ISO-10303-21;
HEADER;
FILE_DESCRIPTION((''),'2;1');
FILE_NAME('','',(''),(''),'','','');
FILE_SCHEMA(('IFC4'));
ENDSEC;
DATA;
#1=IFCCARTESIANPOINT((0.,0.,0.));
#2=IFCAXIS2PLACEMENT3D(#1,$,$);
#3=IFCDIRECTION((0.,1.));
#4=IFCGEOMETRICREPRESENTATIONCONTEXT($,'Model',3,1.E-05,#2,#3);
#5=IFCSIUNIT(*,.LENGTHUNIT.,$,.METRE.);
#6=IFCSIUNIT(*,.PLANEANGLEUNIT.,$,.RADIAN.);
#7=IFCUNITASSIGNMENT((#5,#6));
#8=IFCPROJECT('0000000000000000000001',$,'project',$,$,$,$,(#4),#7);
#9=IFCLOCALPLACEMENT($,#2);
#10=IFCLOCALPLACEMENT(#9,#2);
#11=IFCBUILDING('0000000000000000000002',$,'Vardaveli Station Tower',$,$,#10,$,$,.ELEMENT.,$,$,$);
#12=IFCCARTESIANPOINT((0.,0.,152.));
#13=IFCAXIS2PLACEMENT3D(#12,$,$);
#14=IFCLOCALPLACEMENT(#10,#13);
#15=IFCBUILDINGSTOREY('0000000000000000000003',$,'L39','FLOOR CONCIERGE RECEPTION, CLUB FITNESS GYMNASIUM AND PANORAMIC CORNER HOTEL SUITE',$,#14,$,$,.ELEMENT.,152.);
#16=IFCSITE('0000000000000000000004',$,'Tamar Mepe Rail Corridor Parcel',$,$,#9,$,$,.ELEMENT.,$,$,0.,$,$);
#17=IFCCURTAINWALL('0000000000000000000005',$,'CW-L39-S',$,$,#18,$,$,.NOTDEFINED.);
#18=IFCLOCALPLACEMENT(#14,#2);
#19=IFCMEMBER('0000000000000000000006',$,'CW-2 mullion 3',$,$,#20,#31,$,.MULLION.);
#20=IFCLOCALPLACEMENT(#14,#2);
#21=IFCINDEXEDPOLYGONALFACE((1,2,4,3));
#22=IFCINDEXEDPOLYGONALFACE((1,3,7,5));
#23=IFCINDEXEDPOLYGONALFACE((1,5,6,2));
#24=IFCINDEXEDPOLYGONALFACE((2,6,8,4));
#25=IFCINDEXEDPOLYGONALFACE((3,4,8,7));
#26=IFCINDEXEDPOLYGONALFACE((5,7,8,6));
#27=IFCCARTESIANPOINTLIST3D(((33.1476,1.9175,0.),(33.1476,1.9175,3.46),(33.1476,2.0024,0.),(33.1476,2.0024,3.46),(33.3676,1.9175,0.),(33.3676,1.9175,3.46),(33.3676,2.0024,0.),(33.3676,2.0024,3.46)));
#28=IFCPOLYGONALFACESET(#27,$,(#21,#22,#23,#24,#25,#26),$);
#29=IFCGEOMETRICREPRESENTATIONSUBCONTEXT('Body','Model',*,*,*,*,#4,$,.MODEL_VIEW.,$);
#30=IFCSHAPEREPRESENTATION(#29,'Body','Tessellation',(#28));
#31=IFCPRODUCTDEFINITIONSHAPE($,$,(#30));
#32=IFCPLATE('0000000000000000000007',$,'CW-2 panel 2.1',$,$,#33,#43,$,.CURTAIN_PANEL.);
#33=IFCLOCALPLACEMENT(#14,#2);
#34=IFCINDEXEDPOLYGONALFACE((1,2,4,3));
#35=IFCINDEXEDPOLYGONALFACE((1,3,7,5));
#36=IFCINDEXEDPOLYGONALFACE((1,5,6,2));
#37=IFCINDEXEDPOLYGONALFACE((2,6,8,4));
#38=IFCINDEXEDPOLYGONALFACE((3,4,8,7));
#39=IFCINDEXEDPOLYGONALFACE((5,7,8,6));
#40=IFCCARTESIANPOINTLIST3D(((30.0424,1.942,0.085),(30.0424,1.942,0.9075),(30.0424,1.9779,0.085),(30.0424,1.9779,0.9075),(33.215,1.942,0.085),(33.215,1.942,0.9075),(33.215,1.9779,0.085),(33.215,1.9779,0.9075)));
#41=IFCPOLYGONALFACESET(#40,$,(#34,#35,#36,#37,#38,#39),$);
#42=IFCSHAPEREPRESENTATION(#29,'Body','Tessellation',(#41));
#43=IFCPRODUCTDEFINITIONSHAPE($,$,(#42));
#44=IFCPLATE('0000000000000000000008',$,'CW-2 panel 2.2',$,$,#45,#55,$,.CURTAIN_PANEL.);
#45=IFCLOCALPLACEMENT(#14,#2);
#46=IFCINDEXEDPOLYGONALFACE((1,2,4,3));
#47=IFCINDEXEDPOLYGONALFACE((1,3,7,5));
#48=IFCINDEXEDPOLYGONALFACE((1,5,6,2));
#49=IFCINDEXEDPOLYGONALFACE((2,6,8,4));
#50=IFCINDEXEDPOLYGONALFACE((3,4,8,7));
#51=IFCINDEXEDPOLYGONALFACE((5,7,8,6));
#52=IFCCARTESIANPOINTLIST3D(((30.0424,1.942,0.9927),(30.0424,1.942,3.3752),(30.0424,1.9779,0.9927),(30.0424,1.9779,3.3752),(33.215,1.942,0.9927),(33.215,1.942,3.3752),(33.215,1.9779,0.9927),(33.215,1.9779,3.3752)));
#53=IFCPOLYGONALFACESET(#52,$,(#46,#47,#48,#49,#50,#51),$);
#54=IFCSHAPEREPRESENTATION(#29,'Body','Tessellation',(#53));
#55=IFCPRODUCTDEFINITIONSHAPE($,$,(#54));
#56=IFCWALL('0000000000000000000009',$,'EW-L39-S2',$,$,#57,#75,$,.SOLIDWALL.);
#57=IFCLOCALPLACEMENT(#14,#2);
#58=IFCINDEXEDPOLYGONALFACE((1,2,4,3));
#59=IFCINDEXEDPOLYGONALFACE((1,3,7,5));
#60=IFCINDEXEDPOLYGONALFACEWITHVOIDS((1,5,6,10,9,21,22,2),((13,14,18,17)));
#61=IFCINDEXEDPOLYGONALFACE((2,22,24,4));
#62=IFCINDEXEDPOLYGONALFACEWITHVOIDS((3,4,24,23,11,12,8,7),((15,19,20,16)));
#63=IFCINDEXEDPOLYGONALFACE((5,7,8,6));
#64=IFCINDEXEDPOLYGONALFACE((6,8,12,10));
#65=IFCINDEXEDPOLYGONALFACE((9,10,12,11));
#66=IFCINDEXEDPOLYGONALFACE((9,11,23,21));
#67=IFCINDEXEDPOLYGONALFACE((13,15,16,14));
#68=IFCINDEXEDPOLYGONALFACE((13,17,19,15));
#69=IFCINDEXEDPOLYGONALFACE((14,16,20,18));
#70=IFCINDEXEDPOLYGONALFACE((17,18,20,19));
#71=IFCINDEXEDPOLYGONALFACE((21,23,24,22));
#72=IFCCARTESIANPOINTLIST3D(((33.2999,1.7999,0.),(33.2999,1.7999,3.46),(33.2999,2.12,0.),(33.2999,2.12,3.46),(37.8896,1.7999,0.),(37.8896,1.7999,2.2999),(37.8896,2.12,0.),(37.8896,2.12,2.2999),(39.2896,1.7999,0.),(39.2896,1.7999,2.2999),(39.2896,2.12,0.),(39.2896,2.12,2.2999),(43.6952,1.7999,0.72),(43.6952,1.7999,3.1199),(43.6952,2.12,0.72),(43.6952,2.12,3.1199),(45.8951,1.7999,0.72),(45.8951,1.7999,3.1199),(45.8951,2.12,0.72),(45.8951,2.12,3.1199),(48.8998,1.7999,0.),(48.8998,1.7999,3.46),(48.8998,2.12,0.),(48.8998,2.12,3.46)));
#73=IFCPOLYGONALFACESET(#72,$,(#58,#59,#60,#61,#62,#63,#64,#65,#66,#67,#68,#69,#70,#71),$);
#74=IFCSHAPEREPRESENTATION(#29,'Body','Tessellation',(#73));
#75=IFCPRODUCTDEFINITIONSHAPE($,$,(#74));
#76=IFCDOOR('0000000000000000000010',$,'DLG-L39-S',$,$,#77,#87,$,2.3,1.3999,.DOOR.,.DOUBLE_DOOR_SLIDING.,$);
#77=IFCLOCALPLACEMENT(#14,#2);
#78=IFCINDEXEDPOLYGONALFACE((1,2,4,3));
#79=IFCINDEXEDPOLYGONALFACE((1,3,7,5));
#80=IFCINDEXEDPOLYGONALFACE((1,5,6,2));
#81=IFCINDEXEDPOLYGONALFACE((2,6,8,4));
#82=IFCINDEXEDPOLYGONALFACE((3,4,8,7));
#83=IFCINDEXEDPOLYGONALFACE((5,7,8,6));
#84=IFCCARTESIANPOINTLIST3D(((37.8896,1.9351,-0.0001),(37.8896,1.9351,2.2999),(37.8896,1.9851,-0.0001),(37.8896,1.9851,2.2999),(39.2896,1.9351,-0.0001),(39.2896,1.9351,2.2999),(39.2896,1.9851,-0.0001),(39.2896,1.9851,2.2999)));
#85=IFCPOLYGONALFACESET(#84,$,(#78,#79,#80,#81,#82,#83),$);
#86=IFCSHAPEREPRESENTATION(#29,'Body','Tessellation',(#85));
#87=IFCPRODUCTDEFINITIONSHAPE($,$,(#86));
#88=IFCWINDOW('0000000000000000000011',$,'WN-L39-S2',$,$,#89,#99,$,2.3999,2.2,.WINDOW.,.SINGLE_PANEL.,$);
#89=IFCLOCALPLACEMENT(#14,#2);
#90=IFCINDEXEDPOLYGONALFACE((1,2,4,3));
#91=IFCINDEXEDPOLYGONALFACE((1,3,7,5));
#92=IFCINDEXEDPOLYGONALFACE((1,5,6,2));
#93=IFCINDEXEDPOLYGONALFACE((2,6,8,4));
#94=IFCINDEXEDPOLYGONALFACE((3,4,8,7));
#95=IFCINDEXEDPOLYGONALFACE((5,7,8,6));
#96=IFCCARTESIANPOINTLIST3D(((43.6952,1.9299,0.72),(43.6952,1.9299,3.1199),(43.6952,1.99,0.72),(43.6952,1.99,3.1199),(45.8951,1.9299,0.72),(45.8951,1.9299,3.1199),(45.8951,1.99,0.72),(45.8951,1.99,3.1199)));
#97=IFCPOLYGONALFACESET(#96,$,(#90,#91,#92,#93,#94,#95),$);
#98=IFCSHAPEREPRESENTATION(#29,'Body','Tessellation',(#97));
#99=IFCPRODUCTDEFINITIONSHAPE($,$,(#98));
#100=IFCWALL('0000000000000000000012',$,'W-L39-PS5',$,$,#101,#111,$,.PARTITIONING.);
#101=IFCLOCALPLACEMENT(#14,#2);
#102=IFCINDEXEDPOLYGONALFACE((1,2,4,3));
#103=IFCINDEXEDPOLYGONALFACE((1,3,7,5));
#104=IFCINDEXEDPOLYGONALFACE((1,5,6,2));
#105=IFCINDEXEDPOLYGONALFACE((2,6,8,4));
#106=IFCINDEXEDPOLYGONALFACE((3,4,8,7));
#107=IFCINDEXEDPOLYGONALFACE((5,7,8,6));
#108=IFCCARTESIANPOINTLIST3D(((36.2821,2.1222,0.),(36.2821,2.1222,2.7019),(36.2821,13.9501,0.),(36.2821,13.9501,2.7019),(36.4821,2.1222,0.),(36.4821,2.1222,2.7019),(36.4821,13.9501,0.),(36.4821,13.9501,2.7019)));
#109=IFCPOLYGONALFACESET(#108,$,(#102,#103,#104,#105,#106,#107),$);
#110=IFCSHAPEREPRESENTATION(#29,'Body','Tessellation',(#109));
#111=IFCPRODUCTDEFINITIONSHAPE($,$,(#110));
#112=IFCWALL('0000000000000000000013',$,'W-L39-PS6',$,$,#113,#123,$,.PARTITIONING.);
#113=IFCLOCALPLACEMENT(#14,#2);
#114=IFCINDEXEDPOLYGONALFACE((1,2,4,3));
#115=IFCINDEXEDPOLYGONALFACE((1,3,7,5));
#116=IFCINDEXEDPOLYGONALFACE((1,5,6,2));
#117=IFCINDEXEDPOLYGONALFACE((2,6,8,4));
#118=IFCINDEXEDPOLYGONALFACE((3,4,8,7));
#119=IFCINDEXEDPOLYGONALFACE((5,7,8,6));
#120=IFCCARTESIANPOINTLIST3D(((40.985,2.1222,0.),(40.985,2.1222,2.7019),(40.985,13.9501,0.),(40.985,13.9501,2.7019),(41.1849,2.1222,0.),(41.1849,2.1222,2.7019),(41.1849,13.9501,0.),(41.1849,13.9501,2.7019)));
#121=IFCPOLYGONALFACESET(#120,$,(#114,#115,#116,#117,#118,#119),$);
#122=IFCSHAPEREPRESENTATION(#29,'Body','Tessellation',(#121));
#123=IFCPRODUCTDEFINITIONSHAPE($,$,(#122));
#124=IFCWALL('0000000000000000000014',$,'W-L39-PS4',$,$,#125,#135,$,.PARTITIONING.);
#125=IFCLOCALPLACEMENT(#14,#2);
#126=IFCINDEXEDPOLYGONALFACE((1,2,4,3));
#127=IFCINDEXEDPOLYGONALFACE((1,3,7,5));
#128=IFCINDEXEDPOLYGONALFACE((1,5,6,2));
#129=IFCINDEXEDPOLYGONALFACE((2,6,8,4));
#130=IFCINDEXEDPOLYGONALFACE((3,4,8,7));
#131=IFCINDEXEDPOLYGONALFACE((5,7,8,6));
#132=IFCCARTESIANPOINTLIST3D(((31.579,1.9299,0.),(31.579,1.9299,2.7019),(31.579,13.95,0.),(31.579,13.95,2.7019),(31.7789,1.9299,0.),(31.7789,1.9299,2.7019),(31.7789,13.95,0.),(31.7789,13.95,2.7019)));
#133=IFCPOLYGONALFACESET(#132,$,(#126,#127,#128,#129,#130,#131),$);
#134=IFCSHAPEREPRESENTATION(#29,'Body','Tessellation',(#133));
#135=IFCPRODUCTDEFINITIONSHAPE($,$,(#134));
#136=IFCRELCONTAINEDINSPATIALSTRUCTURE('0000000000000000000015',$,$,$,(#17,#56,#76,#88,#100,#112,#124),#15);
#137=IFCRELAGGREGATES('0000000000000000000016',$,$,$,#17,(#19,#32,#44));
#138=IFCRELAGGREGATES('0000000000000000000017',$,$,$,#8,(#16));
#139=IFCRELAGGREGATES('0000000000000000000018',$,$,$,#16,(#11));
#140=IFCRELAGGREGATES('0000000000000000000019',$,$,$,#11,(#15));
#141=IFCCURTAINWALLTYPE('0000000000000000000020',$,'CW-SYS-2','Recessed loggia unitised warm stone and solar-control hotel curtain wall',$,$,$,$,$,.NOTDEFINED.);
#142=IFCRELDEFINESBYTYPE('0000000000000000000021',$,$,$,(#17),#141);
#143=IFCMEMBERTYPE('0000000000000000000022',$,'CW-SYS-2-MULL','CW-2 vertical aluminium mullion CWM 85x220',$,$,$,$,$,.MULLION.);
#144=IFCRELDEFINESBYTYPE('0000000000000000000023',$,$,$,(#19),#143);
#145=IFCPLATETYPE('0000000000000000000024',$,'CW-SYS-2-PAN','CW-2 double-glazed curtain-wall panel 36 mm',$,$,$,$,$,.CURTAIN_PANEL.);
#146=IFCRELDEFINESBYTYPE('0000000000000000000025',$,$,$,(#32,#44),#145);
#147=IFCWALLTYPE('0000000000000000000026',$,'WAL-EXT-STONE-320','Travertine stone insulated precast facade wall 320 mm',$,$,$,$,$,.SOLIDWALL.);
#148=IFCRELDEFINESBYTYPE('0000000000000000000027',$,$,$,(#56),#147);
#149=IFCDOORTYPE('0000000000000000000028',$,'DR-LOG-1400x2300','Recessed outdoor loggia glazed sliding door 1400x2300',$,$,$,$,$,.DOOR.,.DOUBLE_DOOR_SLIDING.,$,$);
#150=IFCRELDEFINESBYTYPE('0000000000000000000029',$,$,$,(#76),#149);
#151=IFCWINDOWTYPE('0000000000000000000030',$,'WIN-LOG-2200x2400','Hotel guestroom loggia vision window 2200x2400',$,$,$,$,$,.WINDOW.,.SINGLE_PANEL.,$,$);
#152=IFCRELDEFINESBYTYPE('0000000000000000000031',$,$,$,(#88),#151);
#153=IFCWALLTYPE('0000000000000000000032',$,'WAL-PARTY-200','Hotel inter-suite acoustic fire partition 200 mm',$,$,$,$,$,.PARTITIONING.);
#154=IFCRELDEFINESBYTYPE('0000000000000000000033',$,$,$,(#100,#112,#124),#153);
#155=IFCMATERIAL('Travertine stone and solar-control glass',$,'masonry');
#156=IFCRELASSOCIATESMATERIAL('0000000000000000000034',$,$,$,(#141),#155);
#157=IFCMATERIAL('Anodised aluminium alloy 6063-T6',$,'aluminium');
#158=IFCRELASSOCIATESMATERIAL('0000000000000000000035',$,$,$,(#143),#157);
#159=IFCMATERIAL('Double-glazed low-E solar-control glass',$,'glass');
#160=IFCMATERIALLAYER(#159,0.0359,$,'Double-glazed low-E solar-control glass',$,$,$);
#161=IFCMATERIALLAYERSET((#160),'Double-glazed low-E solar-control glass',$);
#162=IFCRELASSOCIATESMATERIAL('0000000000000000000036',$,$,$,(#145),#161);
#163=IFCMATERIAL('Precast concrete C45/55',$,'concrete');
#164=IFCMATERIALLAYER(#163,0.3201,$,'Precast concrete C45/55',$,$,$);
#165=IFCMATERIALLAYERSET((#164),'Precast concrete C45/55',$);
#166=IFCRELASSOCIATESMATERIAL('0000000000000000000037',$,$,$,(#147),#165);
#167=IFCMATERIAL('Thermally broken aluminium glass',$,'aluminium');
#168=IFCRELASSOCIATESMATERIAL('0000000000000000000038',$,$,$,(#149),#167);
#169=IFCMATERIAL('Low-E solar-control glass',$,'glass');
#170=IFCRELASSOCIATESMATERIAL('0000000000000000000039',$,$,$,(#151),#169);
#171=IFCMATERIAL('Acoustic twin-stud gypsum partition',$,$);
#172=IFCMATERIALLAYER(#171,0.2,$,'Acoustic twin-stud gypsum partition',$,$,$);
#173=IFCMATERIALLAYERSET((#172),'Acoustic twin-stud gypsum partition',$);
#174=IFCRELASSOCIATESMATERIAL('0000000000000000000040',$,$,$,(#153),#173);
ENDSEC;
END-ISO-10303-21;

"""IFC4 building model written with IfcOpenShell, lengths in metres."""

from ifc_helpers import new_model, si_unit, direction, frame, frame_2d, origin, origin_2d, place, context, subcontext, project, spatial, rectangle, extrude, source, transform, mapped, material, layer, layer_set, material_profile, profile_set, type_object, element, fill, aggregate, save


model = new_model("IFC4")

# Units and contexts
model_context = context("Model", 3, precision=1e-05, world=origin(), true_north=direction((0.0, 1.0)))
body_context = subcontext(model_context, "Body", "Model", "MODEL_VIEW")
ifc_project = project(units=[si_unit("LENGTHUNIT", "METRE"), si_unit("PLANEANGLEUNIT", "RADIAN")], contexts=[model_context])

# Site, building, storey
site_placement = place(None, origin())
site = spatial("IfcSite", under=ifc_project, at=site_placement, Name="Tamar Mepe Rail Corridor Parcel", CompositionType="ELEMENT", RefElevation=0.0)
building_placement = place(site_placement, origin())
building = spatial("IfcBuilding", under=site, at=building_placement, Name="Vardaveli Station Tower", CompositionType="ELEMENT")
storey_placement = place(building_placement, frame((0.0, 0.0, 152.0)))
storey = spatial("IfcBuildingStorey", under=building, at=storey_placement, Name="L39", Description="FLOOR CONCIERGE RECEPTION, CLUB FITNESS GYMNASIUM AND PANORAMIC CORNER HOTEL SUITE", CompositionType="ELEMENT", Elevation=152.0)

# Shared definitions
ifc_material_1 = material(Name="Precast concrete C45/55", Category="concrete")

# Curtain wall, member, plates
ifc_material_2 = material(Name="Travertine stone and solar-control glass", Category="masonry")
curtain_wall_type = type_object("IfcCurtainWallType", Name="CW-SYS-2", Description="Recessed loggia unitised warm stone and solar-control hotel curtain wall", PredefinedType="NOTDEFINED", material=ifc_material_2)
curtain_wall_placement = place(storey_placement, origin())
curtain_wall = element("IfcCurtainWall", 1, at=curtain_wall_placement, inside=storey, type_object=curtain_wall_type, Name="CW-L39-S", PredefinedType="NOTDEFINED")
ifc_material_3 = material(Name="Anodised aluminium alloy 6063-T6", Category="aluminium")
ifc_material_profile_1 = material_profile(ifc_material_3, rectangle(XDim=0.085, YDim=0.22, at=origin_2d()), Name="CWM 85x220")
ifc_profile_set_1 = profile_set([ifc_material_profile_1], Name="Anodised aluminium alloy 6063-T6")
member_type = type_object("IfcMemberType", Name="CW-SYS-2-MULL", Description="CW-2 vertical aluminium mullion CWM 85x220", PredefinedType="MULLION", material=ifc_profile_set_1)
shared_shape_1 = source(origin(), body_context, "Body", "SweptSolid", [
    extrude(rectangle(XDim=0.085, YDim=0.22, at=origin_2d()), origin(), (0.0, 0.0, 1.0), 3.46),
])
member_placement = place(storey_placement, frame((33.2576, 1.96, 0.0), z_axis=(0.0, 0.0, 1.0), x_axis=(0.0, 1.0, 0.0)))
member = element("IfcMember", 2, at=member_placement, type_object=member_type, Name="CW-2 mullion 3", PredefinedType="MULLION", context=body_context, shape_type="MappedRepresentation", body=[
    mapped(shared_shape_1, transform((0.0, 0.0, 0.0), scale=1.0)),
])
ifc_material_4 = material(Name="Double-glazed low-E solar-control glass", Category="glass")
ifc_layer_1 = layer(ifc_material_4, 0.0359, Name="Double-glazed low-E solar-control glass")
ifc_layer_set_1 = layer_set([ifc_layer_1], Name="Double-glazed low-E solar-control glass")
plate_type = type_object("IfcPlateType", Name="CW-SYS-2-PAN", Description="CW-2 double-glazed curtain-wall panel 36 mm", PredefinedType="CURTAIN_PANEL", material=ifc_layer_set_1)
shared_shape_2 = source(origin(), body_context, "Body", "SweptSolid", [
    extrude(rectangle(XDim=3.1726, YDim=0.0359, at=origin_2d()), origin(), (0.0, 0.0, 1.0), 0.8225),
])
plate_1_placement = place(storey_placement, frame((31.6287, 1.96, 0.085), z_axis=(0.0, 0.0, 1.0), x_axis=(1.0, 0.0, 0.0)))
plate_1 = element("IfcPlate", 3, at=plate_1_placement, type_object=plate_type, Name="CW-2 panel 2.1", PredefinedType="CURTAIN_PANEL", context=body_context, shape_type="MappedRepresentation", body=[
    mapped(shared_shape_2, transform((0.0, 0.0, 0.0), scale=1.0)),
])
shared_shape_3 = source(origin(), body_context, "Body", "SweptSolid", [
    extrude(rectangle(XDim=3.1726, YDim=0.0359, at=origin_2d()), origin(), (0.0, 0.0, 1.0), 2.3826),
])
plate_2_placement = place(storey_placement, frame((31.6287, 1.96, 0.9927), z_axis=(0.0, 0.0, 1.0), x_axis=(1.0, 0.0, 0.0)))
plate_2 = element("IfcPlate", 4, at=plate_2_placement, type_object=plate_type, Name="CW-2 panel 2.2", PredefinedType="CURTAIN_PANEL", context=body_context, shape_type="MappedRepresentation", body=[
    mapped(shared_shape_3, transform((0.0, 0.0, 0.0), scale=1.0)),
])
aggregate(curtain_wall, [member, plate_1, plate_2])

# Wall, openings, door, window
ifc_layer_2 = layer(ifc_material_1, 0.3201, Name="Precast concrete C45/55")
ifc_layer_set_2 = layer_set([ifc_layer_2], Name="Precast concrete C45/55")
wall_type_1 = type_object("IfcWallType", Name="WAL-EXT-STONE-320", Description="Travertine stone insulated precast facade wall 320 mm", PredefinedType="SOLIDWALL", material=ifc_layer_set_2)
shared_shape_4 = source(origin(), body_context, "Body", "SweptSolid", [
    extrude(rectangle(XDim=15.5999, YDim=0.3201, at=frame_2d((7.7998, 0.0))), origin(), (0.0, 0.0, 1.0), 3.46),
])
wall_1_placement = place(storey_placement, frame((33.3, 1.96, 0.0), z_axis=(0.0, 0.0, 1.0), x_axis=(1.0, 0.0, 0.0)))
wall_1 = element("IfcWall", 5, at=wall_1_placement, inside=storey, type_object=wall_type_1, Name="EW-L39-S2", PredefinedType="SOLIDWALL", context=body_context, shape_type="MappedRepresentation", body=[
    mapped(shared_shape_4, transform((0.0, 0.0, 0.0), scale=1.0)),
])
shared_shape_5 = source(origin(), body_context, "Body", "SweptSolid", [
    extrude(rectangle(XDim=1.3999, YDim=2.3, at=frame_2d((0.7, 1.1499))), frame((0.0, 0.1699, 0.0), z_axis=(0.0, -1.0, 0.0), x_axis=(1.0, 0.0, 0.0)), (0.0, 0.0, 1.0), 0.3401),
])
opening_1_placement = place(wall_1_placement, frame((4.5896, 0.0, 0.0)))
opening_1 = element("IfcOpeningElement", 6, at=opening_1_placement, cuts=wall_1, PredefinedType="OPENING", context=body_context, shape_type="MappedRepresentation", body=[
    mapped(shared_shape_5, transform((0.0, 0.0, 0.0), scale=1.0)),
])
shared_shape_6 = source(origin(), body_context, "Body", "SweptSolid", [
    extrude(rectangle(XDim=2.2, YDim=2.3999, at=frame_2d((1.1001, 1.2))), frame((0.0, 0.1699, 0.0), z_axis=(0.0, -1.0, 0.0), x_axis=(1.0, 0.0, 0.0)), (0.0, 0.0, 1.0), 0.3401),
])
opening_2_placement = place(wall_1_placement, frame((10.395, 0.0, 0.72)))
opening_2 = element("IfcOpeningElement", 7, at=opening_2_placement, cuts=wall_1, PredefinedType="OPENING", context=body_context, shape_type="MappedRepresentation", body=[
    mapped(shared_shape_6, transform((0.0, 0.0, 0.0), scale=1.0)),
])
ifc_material_5 = material(Name="Thermally broken aluminium glass", Category="aluminium")
door_type_1 = type_object("IfcDoorType", Name="DR-LOG-1400x2300", Description="Recessed outdoor loggia glazed sliding door 1400x2300", OperationType="DOUBLE_DOOR_SLIDING", PredefinedType="DOOR", material=ifc_material_5)
shared_shape_7 = source(origin(), body_context, "Body", "SweptSolid", [
    extrude(rectangle(XDim=1.3999, YDim=2.3, at=frame_2d((0.7, 1.1499))), frame((0.0, 0.0249, 0.0), z_axis=(0.0, -1.0, 0.0), x_axis=(1.0, 0.0, 0.0)), (0.0, 0.0, 1.0), 0.05),
])
door_1_placement = place(opening_1_placement, frame((1.3999, 0.0, 0.0), z_axis=(0.0, 0.0, 1.0), x_axis=(-1.0, 0.0, 0.0)))
door_1 = element("IfcDoor", 8, at=door_1_placement, inside=storey, type_object=door_type_1, Name="DLG-L39-S", OperationType="DOUBLE_DOOR_SLIDING", OverallHeight=2.3, OverallWidth=1.3999, PredefinedType="DOOR", context=body_context, shape_type="MappedRepresentation", body=[
    mapped(shared_shape_7, transform((0.0, 0.0, 0.0), scale=1.0)),
])
fill(opening_1, door_1)
ifc_material_6 = material(Name="Low-E solar-control glass", Category="glass")
window_type = type_object("IfcWindowType", Name="WIN-LOG-2200x2400", Description="Hotel guestroom loggia vision window 2200x2400", PartitioningType="SINGLE_PANEL", PredefinedType="WINDOW", material=ifc_material_6)
shared_shape_8 = source(origin(), body_context, "Body", "SweptSolid", [
    extrude(rectangle(XDim=2.2, YDim=2.3999, at=frame_2d((1.1001, 1.2))), frame((0.0, 0.03, 0.0), z_axis=(0.0, -1.0, 0.0), x_axis=(1.0, 0.0, 0.0)), (0.0, 0.0, 1.0), 0.0601),
])
window_placement = place(opening_2_placement, origin())
window = element("IfcWindow", 9, at=window_placement, inside=storey, type_object=window_type, Name="WN-L39-S2", OverallHeight=2.3999, OverallWidth=2.2, PartitioningType="SINGLE_PANEL", PredefinedType="WINDOW", context=body_context, shape_type="MappedRepresentation", body=[
    mapped(shared_shape_8, transform((0.0, 0.0, 0.0), scale=1.0)),
])
fill(opening_2, window)

# Walls
ifc_material_7 = material(Name="Acoustic twin-stud gypsum partition")
ifc_layer_3 = layer(ifc_material_7, 0.2, Name="Acoustic twin-stud gypsum partition")
ifc_layer_set_3 = layer_set([ifc_layer_3], Name="Acoustic twin-stud gypsum partition")
wall_type_2 = type_object("IfcWallType", Name="WAL-PARTY-200", Description="Hotel inter-suite acoustic fire partition 200 mm", PredefinedType="PARTITIONING", material=ifc_layer_set_3)
shared_shape_9 = source(origin(), body_context, "Body", "SweptSolid", [
    extrude(rectangle(XDim=11.8279, YDim=0.2, at=frame_2d((5.9141, 0.0))), origin(), (0.0, 0.0, 1.0), 2.7019),
])
for number, where, z_axis, x_axis, name in (
    (10, (36.3821, 2.1221, 0.0), (0.0, 0.0, 1.0), (0.0, 1.0, 0.0), "W-L39-PS5"),
    (11, (41.085, 2.1221, 0.0), (0.0, 0.0, 1.0), (0.0, 1.0, 0.0), "W-L39-PS6"),
):
    element("IfcWall", number, at=place(storey_placement, frame(where, z_axis=z_axis, x_axis=x_axis)), inside=storey, type_object=wall_type_2, Name=name, PredefinedType="PARTITIONING", context=body_context, shape_type="MappedRepresentation", body=[
        mapped(shared_shape_9, transform((0.0, 0.0, 0.0), scale=1.0)),
    ])
shared_shape_10 = source(origin(), body_context, "Body", "SweptSolid", [
    extrude(rectangle(XDim=12.02, YDim=0.2, at=frame_2d((6.01, 0.0))), origin(), (0.0, 0.0, 1.0), 2.7019),
])
wall_2_placement = place(storey_placement, frame((31.679, 1.9299, 0.0), z_axis=(0.0, 0.0, 1.0), x_axis=(0.0, 1.0, 0.0)))
element("IfcWall", 12, at=wall_2_placement, inside=storey, type_object=wall_type_2, Name="W-L39-PS4", PredefinedType="PARTITIONING", context=body_context, shape_type="MappedRepresentation", body=[
    mapped(shared_shape_10, transform((0.0, 0.0, 0.0), scale=1.0)),
])

save(model, "model.ifc")
